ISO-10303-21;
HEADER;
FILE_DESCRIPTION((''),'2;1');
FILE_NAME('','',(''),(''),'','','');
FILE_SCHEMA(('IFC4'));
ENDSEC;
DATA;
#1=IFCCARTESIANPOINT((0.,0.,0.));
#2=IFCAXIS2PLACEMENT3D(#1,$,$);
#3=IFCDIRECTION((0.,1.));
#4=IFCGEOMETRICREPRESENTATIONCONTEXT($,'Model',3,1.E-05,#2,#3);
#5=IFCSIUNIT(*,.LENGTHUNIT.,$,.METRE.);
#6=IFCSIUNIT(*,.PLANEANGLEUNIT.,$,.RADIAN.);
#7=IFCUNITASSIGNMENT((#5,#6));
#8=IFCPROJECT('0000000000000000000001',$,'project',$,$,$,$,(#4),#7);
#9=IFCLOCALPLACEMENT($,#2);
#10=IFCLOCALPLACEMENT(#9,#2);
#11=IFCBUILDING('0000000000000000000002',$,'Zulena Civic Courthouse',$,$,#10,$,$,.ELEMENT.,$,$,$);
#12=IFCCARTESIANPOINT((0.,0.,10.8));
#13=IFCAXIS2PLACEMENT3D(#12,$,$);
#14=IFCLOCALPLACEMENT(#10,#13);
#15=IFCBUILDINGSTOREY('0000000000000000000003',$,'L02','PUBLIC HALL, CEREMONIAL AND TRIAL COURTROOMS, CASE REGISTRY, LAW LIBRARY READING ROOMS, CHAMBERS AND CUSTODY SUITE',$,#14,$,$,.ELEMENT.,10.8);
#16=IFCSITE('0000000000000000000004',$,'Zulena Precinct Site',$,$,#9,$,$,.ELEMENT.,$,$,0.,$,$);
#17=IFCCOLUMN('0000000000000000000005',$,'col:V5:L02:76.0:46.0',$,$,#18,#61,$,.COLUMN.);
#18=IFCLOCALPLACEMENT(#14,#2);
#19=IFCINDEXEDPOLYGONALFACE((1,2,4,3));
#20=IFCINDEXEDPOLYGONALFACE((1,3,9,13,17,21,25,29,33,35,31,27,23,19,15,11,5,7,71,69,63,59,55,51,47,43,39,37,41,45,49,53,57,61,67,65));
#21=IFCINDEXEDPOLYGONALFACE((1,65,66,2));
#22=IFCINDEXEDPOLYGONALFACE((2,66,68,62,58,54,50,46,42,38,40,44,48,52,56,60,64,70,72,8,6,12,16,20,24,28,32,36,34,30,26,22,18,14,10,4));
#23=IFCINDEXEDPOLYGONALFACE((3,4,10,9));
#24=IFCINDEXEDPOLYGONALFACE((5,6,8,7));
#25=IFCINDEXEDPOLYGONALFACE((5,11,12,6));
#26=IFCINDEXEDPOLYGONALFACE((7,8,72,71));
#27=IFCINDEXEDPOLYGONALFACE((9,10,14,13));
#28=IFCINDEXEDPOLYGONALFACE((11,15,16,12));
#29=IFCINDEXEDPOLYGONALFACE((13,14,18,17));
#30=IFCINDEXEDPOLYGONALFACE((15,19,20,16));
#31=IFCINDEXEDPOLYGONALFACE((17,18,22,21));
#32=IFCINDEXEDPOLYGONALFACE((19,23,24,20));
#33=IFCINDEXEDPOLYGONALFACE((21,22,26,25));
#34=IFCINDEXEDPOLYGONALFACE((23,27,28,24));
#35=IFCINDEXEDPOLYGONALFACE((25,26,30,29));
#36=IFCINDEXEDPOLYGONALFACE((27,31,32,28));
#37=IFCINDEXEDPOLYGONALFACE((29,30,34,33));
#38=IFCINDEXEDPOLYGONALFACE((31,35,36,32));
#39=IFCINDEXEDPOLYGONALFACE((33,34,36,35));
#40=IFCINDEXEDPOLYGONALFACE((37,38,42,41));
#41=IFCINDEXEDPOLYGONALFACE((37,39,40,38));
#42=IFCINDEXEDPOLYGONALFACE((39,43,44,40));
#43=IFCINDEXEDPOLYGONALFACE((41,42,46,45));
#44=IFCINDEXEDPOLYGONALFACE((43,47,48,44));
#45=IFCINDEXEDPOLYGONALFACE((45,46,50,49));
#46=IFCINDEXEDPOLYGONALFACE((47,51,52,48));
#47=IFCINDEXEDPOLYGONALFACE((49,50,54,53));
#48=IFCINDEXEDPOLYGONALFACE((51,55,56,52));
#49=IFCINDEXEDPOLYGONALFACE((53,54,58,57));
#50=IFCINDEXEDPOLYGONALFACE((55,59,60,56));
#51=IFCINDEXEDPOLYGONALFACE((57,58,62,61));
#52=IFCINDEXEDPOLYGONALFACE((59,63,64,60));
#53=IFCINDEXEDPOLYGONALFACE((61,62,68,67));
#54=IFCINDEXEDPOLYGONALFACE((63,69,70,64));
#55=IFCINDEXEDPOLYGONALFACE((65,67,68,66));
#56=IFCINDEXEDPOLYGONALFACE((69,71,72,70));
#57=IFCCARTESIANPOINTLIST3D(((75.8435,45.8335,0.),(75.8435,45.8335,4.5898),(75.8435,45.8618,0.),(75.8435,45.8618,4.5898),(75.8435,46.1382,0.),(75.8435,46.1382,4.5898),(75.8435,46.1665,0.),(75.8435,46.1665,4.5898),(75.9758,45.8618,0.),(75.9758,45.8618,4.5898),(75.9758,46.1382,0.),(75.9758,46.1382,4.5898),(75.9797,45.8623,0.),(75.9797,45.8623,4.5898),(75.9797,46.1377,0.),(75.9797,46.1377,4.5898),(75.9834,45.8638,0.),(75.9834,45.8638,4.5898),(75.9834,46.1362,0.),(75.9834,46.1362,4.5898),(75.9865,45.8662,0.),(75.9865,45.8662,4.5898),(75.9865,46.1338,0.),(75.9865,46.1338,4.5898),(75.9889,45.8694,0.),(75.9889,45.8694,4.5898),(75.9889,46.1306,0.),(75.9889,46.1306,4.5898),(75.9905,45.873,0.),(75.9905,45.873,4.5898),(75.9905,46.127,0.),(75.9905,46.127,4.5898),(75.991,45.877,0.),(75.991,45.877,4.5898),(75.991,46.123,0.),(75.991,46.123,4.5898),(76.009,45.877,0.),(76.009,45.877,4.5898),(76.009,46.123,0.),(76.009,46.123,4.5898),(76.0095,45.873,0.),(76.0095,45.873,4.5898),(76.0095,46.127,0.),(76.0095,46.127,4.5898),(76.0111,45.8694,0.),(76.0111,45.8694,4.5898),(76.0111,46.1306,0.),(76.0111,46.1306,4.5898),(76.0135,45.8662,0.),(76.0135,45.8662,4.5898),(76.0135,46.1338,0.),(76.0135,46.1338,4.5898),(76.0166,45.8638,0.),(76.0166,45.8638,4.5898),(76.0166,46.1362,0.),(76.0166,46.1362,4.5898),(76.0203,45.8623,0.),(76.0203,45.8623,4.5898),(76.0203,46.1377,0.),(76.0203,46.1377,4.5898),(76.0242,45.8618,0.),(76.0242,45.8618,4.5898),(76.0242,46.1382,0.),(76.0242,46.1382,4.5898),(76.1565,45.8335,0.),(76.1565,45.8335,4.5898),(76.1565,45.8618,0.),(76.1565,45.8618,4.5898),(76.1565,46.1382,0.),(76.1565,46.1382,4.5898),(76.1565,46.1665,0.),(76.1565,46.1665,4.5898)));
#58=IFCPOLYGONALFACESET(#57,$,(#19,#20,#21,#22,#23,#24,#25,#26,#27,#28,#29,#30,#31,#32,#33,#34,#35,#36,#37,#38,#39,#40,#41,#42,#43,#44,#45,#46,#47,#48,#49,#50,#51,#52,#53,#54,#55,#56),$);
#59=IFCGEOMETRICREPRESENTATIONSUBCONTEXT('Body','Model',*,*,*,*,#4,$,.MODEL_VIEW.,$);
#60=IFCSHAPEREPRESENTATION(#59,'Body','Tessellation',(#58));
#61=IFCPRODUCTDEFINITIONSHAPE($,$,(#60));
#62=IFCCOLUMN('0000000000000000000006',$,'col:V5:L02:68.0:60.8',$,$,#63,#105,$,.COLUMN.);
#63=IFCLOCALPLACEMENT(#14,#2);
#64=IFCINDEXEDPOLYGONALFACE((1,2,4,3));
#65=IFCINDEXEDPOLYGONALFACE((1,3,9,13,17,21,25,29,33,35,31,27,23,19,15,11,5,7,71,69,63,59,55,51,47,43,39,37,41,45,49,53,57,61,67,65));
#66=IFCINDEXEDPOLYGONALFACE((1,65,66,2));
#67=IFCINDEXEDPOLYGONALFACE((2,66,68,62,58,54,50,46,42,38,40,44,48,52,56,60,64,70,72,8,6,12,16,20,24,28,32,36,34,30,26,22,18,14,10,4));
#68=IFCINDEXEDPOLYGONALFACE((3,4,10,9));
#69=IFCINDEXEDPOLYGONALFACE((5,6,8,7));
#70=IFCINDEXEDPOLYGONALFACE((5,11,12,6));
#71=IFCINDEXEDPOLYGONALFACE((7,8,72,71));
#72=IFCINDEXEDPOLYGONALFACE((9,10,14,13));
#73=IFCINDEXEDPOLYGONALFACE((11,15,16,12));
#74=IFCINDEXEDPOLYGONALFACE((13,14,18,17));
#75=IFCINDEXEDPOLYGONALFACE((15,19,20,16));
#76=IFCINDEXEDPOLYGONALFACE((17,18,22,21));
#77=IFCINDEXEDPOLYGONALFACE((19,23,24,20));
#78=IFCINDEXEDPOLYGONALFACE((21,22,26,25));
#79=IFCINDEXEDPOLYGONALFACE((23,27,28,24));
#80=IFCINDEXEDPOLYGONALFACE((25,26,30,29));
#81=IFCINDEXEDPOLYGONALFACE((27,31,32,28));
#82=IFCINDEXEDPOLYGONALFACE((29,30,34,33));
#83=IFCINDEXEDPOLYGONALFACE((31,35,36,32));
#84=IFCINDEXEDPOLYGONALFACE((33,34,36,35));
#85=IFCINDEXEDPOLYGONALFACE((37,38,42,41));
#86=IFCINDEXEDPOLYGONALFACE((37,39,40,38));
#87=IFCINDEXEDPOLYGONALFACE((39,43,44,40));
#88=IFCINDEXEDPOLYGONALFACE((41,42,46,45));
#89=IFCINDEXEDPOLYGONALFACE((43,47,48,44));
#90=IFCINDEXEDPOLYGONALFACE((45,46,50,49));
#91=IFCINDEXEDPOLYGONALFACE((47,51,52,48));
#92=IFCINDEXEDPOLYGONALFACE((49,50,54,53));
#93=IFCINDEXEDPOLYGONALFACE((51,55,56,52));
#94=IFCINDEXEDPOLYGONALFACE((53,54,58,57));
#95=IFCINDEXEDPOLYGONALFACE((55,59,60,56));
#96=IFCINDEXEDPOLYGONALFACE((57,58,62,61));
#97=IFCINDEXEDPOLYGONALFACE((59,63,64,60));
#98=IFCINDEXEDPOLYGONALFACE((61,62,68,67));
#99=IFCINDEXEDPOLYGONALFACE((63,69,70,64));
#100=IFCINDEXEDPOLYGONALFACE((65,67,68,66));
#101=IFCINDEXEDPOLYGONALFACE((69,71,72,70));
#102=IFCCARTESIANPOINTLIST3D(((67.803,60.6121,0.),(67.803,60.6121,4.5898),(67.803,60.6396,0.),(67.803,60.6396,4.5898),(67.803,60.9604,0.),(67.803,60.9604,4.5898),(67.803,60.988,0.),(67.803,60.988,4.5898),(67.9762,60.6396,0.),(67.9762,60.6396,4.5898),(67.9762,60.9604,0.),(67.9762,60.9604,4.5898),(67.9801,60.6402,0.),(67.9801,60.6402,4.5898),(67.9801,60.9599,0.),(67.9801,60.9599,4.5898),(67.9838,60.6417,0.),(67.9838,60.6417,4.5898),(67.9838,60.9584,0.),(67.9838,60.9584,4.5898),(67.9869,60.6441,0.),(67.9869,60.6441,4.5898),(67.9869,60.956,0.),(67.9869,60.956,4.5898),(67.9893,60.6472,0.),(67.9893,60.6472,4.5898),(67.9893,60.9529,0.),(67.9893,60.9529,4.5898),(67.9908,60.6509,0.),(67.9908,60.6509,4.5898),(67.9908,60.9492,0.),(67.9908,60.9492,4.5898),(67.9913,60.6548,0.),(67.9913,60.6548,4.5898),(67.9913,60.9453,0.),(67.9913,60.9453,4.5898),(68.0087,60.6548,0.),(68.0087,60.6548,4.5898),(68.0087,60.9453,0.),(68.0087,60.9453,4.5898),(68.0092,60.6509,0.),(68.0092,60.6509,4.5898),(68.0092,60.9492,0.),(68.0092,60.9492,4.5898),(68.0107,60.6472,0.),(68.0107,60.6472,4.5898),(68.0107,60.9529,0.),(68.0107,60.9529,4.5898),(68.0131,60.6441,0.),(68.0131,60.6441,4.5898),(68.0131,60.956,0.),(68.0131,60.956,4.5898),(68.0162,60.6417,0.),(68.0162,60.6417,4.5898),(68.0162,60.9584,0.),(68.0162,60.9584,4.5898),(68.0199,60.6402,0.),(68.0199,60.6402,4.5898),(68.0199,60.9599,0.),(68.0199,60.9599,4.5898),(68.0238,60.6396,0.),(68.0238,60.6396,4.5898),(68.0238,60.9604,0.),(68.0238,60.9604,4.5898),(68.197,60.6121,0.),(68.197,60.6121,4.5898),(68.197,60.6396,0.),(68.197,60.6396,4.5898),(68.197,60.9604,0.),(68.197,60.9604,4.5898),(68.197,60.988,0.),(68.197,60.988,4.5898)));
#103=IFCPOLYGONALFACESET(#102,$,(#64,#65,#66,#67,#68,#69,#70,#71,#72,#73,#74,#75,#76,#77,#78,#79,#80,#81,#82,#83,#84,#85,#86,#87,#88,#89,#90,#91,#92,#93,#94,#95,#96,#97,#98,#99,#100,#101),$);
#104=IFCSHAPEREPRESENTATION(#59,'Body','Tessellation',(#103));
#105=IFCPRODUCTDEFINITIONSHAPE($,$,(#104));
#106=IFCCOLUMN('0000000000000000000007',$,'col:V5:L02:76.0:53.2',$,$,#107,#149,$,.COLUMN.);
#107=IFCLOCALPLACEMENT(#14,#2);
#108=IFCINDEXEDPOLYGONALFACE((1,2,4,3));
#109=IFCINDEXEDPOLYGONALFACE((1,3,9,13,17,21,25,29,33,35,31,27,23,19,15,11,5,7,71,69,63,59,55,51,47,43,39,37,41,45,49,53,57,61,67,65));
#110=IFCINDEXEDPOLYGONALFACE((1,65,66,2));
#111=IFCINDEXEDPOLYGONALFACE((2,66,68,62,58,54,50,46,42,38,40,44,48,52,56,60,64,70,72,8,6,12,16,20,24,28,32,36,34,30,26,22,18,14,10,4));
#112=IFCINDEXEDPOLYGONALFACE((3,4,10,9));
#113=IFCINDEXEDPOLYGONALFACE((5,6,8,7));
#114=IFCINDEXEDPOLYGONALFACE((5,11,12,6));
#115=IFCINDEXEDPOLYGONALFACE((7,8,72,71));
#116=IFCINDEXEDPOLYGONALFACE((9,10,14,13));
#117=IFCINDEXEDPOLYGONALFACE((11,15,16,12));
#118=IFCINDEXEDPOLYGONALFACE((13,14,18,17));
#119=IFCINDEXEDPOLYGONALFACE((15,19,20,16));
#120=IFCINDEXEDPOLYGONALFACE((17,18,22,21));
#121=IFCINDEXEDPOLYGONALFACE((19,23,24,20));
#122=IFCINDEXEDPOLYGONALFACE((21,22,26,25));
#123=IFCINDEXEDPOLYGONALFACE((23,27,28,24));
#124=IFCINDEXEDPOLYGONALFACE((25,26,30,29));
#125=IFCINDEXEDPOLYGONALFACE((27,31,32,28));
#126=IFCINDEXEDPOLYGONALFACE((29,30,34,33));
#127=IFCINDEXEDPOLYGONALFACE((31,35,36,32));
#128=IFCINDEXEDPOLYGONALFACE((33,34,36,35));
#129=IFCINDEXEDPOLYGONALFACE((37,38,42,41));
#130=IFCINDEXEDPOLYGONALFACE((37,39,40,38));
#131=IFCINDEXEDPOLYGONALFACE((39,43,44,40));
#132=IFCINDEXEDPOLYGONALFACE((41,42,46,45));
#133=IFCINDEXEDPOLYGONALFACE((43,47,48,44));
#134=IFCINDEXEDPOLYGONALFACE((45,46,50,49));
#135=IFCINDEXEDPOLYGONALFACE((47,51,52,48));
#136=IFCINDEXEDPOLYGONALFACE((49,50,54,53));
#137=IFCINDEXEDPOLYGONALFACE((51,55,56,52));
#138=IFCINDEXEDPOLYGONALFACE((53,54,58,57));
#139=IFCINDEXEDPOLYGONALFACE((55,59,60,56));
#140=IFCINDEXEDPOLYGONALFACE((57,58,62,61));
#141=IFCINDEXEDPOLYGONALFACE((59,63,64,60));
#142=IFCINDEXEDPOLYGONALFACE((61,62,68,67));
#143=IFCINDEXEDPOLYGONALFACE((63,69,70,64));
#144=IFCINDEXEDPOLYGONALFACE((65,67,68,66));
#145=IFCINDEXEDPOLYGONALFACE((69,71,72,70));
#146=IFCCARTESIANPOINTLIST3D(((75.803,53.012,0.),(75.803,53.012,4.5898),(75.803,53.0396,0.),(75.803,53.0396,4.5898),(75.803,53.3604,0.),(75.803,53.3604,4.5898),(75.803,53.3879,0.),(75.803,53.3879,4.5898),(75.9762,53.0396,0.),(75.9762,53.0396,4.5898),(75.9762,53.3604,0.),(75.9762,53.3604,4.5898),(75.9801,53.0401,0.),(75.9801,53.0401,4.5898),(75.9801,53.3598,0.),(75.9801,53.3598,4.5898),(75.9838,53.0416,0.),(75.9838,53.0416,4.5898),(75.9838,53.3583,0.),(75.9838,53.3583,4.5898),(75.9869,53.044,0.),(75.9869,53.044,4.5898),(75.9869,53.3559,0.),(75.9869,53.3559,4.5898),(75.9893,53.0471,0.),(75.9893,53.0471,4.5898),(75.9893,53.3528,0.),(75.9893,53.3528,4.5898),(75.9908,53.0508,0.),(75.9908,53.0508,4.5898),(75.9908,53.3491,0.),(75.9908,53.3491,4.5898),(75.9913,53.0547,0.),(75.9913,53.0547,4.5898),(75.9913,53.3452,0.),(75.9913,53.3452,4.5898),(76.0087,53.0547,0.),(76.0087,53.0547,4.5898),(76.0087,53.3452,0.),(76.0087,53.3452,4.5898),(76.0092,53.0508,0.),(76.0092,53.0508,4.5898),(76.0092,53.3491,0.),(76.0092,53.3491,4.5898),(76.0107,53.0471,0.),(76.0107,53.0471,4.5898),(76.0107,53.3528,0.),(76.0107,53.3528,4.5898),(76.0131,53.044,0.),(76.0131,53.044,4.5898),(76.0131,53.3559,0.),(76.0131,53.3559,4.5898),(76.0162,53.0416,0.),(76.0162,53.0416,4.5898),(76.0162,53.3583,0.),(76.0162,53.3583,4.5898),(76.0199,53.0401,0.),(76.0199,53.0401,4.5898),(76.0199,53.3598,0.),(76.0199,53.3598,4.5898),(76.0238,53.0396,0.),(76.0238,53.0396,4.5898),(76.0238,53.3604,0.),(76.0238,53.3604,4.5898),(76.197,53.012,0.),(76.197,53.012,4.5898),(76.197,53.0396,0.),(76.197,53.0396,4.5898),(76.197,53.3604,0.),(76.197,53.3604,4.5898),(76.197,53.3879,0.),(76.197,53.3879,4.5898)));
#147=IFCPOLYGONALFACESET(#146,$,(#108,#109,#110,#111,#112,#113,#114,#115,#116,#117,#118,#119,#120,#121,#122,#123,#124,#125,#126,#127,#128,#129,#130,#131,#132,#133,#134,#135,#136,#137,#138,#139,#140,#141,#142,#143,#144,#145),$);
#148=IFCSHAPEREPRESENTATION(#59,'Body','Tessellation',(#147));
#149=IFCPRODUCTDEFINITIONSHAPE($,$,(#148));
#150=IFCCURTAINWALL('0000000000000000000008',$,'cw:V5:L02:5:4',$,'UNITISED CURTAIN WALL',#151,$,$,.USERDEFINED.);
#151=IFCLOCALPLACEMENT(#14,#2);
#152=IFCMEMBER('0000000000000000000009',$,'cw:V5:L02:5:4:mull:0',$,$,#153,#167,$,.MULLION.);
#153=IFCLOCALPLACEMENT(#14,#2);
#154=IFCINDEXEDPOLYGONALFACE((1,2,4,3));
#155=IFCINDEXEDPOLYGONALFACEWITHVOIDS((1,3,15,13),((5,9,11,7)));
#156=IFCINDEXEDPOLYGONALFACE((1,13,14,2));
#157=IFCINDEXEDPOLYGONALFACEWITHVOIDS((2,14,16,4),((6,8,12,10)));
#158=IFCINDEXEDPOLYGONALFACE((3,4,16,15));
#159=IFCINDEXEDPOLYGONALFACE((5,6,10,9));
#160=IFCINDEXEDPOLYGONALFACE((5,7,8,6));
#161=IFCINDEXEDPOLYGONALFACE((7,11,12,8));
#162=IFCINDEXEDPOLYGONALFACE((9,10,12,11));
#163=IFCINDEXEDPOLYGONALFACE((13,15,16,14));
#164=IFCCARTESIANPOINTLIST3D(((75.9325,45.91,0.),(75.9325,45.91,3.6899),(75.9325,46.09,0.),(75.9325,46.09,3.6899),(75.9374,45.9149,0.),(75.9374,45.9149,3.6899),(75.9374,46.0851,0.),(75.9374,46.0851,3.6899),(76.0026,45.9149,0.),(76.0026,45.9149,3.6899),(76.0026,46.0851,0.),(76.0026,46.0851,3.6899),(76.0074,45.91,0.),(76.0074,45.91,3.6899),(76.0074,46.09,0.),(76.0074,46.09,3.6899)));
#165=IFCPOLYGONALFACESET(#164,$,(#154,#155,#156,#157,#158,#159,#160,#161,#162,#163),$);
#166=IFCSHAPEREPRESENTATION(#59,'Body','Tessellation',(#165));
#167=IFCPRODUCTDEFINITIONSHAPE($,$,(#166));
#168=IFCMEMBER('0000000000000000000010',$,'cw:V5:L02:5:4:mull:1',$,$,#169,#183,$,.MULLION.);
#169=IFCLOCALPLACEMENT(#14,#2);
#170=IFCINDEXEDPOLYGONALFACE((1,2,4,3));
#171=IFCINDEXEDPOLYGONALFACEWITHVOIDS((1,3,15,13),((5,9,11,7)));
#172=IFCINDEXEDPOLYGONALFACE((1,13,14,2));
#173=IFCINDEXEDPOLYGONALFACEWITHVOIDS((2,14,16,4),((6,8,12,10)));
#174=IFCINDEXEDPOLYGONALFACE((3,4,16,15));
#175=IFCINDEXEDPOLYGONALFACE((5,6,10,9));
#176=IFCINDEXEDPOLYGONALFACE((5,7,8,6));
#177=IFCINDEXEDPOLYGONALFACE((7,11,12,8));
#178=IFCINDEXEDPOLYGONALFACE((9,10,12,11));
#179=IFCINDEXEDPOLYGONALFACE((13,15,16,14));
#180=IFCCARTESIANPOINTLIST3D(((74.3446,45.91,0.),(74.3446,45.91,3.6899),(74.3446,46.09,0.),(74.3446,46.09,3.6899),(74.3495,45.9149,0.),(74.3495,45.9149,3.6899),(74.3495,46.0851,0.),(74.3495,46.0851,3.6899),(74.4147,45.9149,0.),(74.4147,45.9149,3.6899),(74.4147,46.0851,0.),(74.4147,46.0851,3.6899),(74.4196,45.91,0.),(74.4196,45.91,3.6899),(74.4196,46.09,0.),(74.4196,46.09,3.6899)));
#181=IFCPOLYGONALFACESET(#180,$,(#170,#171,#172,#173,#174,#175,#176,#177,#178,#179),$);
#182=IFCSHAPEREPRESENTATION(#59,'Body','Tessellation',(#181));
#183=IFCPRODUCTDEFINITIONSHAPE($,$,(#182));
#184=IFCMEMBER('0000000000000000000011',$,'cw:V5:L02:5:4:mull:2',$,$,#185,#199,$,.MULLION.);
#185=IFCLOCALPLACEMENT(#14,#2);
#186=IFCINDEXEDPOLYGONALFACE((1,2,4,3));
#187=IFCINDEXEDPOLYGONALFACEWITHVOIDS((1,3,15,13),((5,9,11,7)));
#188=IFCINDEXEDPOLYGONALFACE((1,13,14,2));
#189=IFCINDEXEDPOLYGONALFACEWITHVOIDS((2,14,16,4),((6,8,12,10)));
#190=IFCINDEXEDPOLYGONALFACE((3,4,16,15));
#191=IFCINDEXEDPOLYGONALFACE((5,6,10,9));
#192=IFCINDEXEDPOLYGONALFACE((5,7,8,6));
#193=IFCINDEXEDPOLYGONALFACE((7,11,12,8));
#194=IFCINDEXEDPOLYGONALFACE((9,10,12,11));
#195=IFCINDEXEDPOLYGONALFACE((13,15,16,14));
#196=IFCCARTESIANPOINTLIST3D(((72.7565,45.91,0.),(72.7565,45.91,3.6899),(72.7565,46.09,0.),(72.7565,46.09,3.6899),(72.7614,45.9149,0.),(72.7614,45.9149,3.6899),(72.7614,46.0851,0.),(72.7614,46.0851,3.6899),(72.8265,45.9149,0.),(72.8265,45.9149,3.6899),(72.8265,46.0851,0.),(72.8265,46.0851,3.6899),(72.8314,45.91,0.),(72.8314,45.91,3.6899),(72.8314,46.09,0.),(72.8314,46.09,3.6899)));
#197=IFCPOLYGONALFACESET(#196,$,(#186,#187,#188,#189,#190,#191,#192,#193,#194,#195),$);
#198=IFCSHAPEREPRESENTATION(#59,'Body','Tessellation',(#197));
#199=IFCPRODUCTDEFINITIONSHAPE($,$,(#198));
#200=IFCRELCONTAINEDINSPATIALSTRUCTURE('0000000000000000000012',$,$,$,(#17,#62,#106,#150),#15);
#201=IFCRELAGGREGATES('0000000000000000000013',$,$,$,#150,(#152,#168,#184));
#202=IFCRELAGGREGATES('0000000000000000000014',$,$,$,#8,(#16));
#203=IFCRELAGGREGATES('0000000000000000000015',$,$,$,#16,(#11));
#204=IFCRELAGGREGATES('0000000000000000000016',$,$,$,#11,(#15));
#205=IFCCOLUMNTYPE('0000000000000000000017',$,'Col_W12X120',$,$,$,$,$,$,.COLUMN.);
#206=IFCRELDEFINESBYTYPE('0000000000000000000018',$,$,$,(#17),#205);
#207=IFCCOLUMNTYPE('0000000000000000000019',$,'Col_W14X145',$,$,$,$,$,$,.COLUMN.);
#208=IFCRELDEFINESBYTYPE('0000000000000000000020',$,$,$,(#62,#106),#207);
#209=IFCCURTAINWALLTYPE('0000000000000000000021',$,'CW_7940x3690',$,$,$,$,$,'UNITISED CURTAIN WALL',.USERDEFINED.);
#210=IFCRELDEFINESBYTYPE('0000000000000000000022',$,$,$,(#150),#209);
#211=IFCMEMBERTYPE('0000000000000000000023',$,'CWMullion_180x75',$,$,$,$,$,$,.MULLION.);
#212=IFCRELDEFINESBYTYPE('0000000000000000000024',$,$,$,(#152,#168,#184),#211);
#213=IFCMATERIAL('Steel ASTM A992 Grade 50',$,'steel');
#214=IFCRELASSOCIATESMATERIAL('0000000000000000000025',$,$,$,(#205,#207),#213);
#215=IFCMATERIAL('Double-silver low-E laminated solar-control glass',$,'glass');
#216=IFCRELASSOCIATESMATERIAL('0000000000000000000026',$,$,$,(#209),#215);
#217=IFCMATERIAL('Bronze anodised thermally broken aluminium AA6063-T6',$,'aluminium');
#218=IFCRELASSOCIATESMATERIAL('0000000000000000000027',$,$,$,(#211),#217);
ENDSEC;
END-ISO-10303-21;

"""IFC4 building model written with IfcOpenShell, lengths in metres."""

from ifc_helpers import new_model, si_unit, direction, frame, origin, origin_2d, place, context, subcontext, project, spatial, hollow_rectangle, i_section, extrude, material, material_profile, profile_set, type_object, element, aggregate, save


model = new_model("IFC4")

# Units and contexts
model_context = context("Model", 3, precision=1e-05, world=origin(), true_north=direction((0.0, 1.0)))
body_context = subcontext(model_context, "Body", "Model", "MODEL_VIEW")
ifc_project = project(units=[si_unit("LENGTHUNIT", "METRE"), si_unit("PLANEANGLEUNIT", "RADIAN")], contexts=[model_context])

# Site, building, storey
site_placement = place(None, origin())
site = spatial("IfcSite", under=ifc_project, at=site_placement, Name="Zulena Precinct Site", CompositionType="ELEMENT", RefElevation=0.0)
building_placement = place(site_placement, origin())
building = spatial("IfcBuilding", under=site, at=building_placement, Name="Zulena Civic Courthouse", CompositionType="ELEMENT")
storey_placement = place(building_placement, frame((0.0, 0.0, 10.8)))
storey = spatial("IfcBuildingStorey", under=building, at=storey_placement, Name="L02", Description="PUBLIC HALL, CEREMONIAL AND TRIAL COURTROOMS, CASE REGISTRY, LAW LIBRARY READING ROOMS, CHAMBERS AND CUSTODY SUITE", CompositionType="ELEMENT", Elevation=10.8)

# Columns
ifc_material_1 = material(Name="Steel ASTM A992 Grade 50", Category="steel")
ifc_material_profile_1 = material_profile(ifc_material_1, i_section(OverallWidth=0.313, OverallDepth=0.333, WebThickness=0.0181, FlangeThickness=0.0283, FilletRadius=0.0151, at=origin_2d()), Name="W12X120")
ifc_profile_set_1 = profile_set([ifc_material_profile_1], Name="Steel ASTM A992 Grade 50")
column_type_1 = type_object("IfcColumnType", Name="Col_W12X120", PredefinedType="COLUMN", material=ifc_profile_set_1)
column_placement = place(storey_placement, frame((76.0, 46.0, 0.0), z_axis=(0.0, 0.0, 1.0), x_axis=(1.0, 0.0, 0.0)))
element("IfcColumn", 1, at=column_placement, inside=storey, type_object=column_type_1, Name="col:V5:L02:76.0:46.0", PredefinedType="COLUMN", context=body_context, shape_type="SweptSolid", body=[
    extrude(i_section(OverallWidth=0.313, OverallDepth=0.333, WebThickness=0.0181, FlangeThickness=0.0283, FilletRadius=0.0151, at=origin_2d()), origin(), (0.0, 0.0, 1.0), 4.5898),
])
ifc_material_profile_2 = material_profile(ifc_material_1, i_section(OverallWidth=0.394, OverallDepth=0.376, WebThickness=0.0173, FlangeThickness=0.0276, FilletRadius=0.0151, at=origin_2d()), Name="W14X145")
ifc_profile_set_2 = profile_set([ifc_material_profile_2], Name="Steel ASTM A992 Grade 50")
column_type_2 = type_object("IfcColumnType", Name="Col_W14X145", PredefinedType="COLUMN", material=ifc_profile_set_2)
for number, where, z_axis, x_axis, name in (
    (2, (68.0, 60.8, 0.0), (0.0, 0.0, 1.0), (1.0, 0.0, 0.0), "col:V5:L02:68.0:60.8"),
    (3, (76.0, 53.2, 0.0), (0.0, 0.0, 1.0), (1.0, 0.0, 0.0), "col:V5:L02:76.0:53.2"),
):
    element("IfcColumn", number, at=place(storey_placement, frame(where, z_axis=z_axis, x_axis=x_axis)), inside=storey, type_object=column_type_2, Name=name, PredefinedType="COLUMN", context=body_context, shape_type="SweptSolid", body=[
        extrude(i_section(OverallWidth=0.394, OverallDepth=0.376, WebThickness=0.0173, FlangeThickness=0.0276, FilletRadius=0.0151, at=origin_2d()), origin(), (0.0, 0.0, 1.0), 4.5898),
    ])

# Curtain wall, members
ifc_material_2 = material(Name="Double-silver low-E laminated solar-control glass", Category="glass")
curtain_wall_type = type_object("IfcCurtainWallType", Name="CW_7940x3690", ElementType="UNITISED CURTAIN WALL", PredefinedType="USERDEFINED", material=ifc_material_2)
curtain_wall_placement = place(storey_placement, origin())
curtain_wall = element("IfcCurtainWall", 4, at=curtain_wall_placement, inside=storey, type_object=curtain_wall_type, Name="cw:V5:L02:5:4", ObjectType="UNITISED CURTAIN WALL", PredefinedType="USERDEFINED")
ifc_material_3 = material(Name="Bronze anodised thermally broken aluminium AA6063-T6", Category="aluminium")
ifc_material_profile_3 = material_profile(ifc_material_3, hollow_rectangle(XDim=0.075, YDim=0.1799, WallThickness=0.0049, at=origin_2d()), Name="CWM180X75X5")
ifc_profile_set_3 = profile_set([ifc_material_profile_3], Name="Bronze anodised thermally broken aluminium AA6063-T6")
member_type_1 = type_object("IfcMemberType", Name="CWMullion_180x75", PredefinedType="MULLION", material=ifc_profile_set_3)
member_1_placement = place(storey_placement, frame((75.97, 46.0, 0.0), z_axis=(0.0, 0.0, 1.0), x_axis=(1.0, 0.0, 0.0)))
member_1 = element("IfcMember", 5, at=member_1_placement, type_object=member_type_1, Name="cw:V5:L02:5:4:mull:0", PredefinedType="MULLION", context=body_context, shape_type="SweptSolid", body=[
    extrude(hollow_rectangle(XDim=0.075, YDim=0.1799, WallThickness=0.0049, at=origin_2d()), origin(), (0.0, 0.0, 1.0), 3.6899),
])
member_2_placement = place(storey_placement, frame((74.3821, 46.0, 0.0), z_axis=(0.0, 0.0, 1.0), x_axis=(1.0, 0.0, 0.0)))
member_2 = element("IfcMember", 6, at=member_2_placement, type_object=member_type_1, Name="cw:V5:L02:5:4:mull:1", PredefinedType="MULLION", context=body_context, shape_type="SweptSolid", body=[
    extrude(hollow_rectangle(XDim=0.075, YDim=0.1799, WallThickness=0.0049, at=origin_2d()), origin(), (0.0, 0.0, 1.0), 3.6899),
])
member_3_placement = place(storey_placement, frame((72.7939, 46.0, 0.0), z_axis=(0.0, 0.0, 1.0), x_axis=(1.0, 0.0, 0.0)))
member_3 = element("IfcMember", 7, at=member_3_placement, type_object=member_type_1, Name="cw:V5:L02:5:4:mull:2", PredefinedType="MULLION", context=body_context, shape_type="SweptSolid", body=[
    extrude(hollow_rectangle(XDim=0.075, YDim=0.1799, WallThickness=0.0049, at=origin_2d()), origin(), (0.0, 0.0, 1.0), 3.6899),
])

aggregate(curtain_wall, [member_1, member_2, member_3])

save(model, "model.ifc")
